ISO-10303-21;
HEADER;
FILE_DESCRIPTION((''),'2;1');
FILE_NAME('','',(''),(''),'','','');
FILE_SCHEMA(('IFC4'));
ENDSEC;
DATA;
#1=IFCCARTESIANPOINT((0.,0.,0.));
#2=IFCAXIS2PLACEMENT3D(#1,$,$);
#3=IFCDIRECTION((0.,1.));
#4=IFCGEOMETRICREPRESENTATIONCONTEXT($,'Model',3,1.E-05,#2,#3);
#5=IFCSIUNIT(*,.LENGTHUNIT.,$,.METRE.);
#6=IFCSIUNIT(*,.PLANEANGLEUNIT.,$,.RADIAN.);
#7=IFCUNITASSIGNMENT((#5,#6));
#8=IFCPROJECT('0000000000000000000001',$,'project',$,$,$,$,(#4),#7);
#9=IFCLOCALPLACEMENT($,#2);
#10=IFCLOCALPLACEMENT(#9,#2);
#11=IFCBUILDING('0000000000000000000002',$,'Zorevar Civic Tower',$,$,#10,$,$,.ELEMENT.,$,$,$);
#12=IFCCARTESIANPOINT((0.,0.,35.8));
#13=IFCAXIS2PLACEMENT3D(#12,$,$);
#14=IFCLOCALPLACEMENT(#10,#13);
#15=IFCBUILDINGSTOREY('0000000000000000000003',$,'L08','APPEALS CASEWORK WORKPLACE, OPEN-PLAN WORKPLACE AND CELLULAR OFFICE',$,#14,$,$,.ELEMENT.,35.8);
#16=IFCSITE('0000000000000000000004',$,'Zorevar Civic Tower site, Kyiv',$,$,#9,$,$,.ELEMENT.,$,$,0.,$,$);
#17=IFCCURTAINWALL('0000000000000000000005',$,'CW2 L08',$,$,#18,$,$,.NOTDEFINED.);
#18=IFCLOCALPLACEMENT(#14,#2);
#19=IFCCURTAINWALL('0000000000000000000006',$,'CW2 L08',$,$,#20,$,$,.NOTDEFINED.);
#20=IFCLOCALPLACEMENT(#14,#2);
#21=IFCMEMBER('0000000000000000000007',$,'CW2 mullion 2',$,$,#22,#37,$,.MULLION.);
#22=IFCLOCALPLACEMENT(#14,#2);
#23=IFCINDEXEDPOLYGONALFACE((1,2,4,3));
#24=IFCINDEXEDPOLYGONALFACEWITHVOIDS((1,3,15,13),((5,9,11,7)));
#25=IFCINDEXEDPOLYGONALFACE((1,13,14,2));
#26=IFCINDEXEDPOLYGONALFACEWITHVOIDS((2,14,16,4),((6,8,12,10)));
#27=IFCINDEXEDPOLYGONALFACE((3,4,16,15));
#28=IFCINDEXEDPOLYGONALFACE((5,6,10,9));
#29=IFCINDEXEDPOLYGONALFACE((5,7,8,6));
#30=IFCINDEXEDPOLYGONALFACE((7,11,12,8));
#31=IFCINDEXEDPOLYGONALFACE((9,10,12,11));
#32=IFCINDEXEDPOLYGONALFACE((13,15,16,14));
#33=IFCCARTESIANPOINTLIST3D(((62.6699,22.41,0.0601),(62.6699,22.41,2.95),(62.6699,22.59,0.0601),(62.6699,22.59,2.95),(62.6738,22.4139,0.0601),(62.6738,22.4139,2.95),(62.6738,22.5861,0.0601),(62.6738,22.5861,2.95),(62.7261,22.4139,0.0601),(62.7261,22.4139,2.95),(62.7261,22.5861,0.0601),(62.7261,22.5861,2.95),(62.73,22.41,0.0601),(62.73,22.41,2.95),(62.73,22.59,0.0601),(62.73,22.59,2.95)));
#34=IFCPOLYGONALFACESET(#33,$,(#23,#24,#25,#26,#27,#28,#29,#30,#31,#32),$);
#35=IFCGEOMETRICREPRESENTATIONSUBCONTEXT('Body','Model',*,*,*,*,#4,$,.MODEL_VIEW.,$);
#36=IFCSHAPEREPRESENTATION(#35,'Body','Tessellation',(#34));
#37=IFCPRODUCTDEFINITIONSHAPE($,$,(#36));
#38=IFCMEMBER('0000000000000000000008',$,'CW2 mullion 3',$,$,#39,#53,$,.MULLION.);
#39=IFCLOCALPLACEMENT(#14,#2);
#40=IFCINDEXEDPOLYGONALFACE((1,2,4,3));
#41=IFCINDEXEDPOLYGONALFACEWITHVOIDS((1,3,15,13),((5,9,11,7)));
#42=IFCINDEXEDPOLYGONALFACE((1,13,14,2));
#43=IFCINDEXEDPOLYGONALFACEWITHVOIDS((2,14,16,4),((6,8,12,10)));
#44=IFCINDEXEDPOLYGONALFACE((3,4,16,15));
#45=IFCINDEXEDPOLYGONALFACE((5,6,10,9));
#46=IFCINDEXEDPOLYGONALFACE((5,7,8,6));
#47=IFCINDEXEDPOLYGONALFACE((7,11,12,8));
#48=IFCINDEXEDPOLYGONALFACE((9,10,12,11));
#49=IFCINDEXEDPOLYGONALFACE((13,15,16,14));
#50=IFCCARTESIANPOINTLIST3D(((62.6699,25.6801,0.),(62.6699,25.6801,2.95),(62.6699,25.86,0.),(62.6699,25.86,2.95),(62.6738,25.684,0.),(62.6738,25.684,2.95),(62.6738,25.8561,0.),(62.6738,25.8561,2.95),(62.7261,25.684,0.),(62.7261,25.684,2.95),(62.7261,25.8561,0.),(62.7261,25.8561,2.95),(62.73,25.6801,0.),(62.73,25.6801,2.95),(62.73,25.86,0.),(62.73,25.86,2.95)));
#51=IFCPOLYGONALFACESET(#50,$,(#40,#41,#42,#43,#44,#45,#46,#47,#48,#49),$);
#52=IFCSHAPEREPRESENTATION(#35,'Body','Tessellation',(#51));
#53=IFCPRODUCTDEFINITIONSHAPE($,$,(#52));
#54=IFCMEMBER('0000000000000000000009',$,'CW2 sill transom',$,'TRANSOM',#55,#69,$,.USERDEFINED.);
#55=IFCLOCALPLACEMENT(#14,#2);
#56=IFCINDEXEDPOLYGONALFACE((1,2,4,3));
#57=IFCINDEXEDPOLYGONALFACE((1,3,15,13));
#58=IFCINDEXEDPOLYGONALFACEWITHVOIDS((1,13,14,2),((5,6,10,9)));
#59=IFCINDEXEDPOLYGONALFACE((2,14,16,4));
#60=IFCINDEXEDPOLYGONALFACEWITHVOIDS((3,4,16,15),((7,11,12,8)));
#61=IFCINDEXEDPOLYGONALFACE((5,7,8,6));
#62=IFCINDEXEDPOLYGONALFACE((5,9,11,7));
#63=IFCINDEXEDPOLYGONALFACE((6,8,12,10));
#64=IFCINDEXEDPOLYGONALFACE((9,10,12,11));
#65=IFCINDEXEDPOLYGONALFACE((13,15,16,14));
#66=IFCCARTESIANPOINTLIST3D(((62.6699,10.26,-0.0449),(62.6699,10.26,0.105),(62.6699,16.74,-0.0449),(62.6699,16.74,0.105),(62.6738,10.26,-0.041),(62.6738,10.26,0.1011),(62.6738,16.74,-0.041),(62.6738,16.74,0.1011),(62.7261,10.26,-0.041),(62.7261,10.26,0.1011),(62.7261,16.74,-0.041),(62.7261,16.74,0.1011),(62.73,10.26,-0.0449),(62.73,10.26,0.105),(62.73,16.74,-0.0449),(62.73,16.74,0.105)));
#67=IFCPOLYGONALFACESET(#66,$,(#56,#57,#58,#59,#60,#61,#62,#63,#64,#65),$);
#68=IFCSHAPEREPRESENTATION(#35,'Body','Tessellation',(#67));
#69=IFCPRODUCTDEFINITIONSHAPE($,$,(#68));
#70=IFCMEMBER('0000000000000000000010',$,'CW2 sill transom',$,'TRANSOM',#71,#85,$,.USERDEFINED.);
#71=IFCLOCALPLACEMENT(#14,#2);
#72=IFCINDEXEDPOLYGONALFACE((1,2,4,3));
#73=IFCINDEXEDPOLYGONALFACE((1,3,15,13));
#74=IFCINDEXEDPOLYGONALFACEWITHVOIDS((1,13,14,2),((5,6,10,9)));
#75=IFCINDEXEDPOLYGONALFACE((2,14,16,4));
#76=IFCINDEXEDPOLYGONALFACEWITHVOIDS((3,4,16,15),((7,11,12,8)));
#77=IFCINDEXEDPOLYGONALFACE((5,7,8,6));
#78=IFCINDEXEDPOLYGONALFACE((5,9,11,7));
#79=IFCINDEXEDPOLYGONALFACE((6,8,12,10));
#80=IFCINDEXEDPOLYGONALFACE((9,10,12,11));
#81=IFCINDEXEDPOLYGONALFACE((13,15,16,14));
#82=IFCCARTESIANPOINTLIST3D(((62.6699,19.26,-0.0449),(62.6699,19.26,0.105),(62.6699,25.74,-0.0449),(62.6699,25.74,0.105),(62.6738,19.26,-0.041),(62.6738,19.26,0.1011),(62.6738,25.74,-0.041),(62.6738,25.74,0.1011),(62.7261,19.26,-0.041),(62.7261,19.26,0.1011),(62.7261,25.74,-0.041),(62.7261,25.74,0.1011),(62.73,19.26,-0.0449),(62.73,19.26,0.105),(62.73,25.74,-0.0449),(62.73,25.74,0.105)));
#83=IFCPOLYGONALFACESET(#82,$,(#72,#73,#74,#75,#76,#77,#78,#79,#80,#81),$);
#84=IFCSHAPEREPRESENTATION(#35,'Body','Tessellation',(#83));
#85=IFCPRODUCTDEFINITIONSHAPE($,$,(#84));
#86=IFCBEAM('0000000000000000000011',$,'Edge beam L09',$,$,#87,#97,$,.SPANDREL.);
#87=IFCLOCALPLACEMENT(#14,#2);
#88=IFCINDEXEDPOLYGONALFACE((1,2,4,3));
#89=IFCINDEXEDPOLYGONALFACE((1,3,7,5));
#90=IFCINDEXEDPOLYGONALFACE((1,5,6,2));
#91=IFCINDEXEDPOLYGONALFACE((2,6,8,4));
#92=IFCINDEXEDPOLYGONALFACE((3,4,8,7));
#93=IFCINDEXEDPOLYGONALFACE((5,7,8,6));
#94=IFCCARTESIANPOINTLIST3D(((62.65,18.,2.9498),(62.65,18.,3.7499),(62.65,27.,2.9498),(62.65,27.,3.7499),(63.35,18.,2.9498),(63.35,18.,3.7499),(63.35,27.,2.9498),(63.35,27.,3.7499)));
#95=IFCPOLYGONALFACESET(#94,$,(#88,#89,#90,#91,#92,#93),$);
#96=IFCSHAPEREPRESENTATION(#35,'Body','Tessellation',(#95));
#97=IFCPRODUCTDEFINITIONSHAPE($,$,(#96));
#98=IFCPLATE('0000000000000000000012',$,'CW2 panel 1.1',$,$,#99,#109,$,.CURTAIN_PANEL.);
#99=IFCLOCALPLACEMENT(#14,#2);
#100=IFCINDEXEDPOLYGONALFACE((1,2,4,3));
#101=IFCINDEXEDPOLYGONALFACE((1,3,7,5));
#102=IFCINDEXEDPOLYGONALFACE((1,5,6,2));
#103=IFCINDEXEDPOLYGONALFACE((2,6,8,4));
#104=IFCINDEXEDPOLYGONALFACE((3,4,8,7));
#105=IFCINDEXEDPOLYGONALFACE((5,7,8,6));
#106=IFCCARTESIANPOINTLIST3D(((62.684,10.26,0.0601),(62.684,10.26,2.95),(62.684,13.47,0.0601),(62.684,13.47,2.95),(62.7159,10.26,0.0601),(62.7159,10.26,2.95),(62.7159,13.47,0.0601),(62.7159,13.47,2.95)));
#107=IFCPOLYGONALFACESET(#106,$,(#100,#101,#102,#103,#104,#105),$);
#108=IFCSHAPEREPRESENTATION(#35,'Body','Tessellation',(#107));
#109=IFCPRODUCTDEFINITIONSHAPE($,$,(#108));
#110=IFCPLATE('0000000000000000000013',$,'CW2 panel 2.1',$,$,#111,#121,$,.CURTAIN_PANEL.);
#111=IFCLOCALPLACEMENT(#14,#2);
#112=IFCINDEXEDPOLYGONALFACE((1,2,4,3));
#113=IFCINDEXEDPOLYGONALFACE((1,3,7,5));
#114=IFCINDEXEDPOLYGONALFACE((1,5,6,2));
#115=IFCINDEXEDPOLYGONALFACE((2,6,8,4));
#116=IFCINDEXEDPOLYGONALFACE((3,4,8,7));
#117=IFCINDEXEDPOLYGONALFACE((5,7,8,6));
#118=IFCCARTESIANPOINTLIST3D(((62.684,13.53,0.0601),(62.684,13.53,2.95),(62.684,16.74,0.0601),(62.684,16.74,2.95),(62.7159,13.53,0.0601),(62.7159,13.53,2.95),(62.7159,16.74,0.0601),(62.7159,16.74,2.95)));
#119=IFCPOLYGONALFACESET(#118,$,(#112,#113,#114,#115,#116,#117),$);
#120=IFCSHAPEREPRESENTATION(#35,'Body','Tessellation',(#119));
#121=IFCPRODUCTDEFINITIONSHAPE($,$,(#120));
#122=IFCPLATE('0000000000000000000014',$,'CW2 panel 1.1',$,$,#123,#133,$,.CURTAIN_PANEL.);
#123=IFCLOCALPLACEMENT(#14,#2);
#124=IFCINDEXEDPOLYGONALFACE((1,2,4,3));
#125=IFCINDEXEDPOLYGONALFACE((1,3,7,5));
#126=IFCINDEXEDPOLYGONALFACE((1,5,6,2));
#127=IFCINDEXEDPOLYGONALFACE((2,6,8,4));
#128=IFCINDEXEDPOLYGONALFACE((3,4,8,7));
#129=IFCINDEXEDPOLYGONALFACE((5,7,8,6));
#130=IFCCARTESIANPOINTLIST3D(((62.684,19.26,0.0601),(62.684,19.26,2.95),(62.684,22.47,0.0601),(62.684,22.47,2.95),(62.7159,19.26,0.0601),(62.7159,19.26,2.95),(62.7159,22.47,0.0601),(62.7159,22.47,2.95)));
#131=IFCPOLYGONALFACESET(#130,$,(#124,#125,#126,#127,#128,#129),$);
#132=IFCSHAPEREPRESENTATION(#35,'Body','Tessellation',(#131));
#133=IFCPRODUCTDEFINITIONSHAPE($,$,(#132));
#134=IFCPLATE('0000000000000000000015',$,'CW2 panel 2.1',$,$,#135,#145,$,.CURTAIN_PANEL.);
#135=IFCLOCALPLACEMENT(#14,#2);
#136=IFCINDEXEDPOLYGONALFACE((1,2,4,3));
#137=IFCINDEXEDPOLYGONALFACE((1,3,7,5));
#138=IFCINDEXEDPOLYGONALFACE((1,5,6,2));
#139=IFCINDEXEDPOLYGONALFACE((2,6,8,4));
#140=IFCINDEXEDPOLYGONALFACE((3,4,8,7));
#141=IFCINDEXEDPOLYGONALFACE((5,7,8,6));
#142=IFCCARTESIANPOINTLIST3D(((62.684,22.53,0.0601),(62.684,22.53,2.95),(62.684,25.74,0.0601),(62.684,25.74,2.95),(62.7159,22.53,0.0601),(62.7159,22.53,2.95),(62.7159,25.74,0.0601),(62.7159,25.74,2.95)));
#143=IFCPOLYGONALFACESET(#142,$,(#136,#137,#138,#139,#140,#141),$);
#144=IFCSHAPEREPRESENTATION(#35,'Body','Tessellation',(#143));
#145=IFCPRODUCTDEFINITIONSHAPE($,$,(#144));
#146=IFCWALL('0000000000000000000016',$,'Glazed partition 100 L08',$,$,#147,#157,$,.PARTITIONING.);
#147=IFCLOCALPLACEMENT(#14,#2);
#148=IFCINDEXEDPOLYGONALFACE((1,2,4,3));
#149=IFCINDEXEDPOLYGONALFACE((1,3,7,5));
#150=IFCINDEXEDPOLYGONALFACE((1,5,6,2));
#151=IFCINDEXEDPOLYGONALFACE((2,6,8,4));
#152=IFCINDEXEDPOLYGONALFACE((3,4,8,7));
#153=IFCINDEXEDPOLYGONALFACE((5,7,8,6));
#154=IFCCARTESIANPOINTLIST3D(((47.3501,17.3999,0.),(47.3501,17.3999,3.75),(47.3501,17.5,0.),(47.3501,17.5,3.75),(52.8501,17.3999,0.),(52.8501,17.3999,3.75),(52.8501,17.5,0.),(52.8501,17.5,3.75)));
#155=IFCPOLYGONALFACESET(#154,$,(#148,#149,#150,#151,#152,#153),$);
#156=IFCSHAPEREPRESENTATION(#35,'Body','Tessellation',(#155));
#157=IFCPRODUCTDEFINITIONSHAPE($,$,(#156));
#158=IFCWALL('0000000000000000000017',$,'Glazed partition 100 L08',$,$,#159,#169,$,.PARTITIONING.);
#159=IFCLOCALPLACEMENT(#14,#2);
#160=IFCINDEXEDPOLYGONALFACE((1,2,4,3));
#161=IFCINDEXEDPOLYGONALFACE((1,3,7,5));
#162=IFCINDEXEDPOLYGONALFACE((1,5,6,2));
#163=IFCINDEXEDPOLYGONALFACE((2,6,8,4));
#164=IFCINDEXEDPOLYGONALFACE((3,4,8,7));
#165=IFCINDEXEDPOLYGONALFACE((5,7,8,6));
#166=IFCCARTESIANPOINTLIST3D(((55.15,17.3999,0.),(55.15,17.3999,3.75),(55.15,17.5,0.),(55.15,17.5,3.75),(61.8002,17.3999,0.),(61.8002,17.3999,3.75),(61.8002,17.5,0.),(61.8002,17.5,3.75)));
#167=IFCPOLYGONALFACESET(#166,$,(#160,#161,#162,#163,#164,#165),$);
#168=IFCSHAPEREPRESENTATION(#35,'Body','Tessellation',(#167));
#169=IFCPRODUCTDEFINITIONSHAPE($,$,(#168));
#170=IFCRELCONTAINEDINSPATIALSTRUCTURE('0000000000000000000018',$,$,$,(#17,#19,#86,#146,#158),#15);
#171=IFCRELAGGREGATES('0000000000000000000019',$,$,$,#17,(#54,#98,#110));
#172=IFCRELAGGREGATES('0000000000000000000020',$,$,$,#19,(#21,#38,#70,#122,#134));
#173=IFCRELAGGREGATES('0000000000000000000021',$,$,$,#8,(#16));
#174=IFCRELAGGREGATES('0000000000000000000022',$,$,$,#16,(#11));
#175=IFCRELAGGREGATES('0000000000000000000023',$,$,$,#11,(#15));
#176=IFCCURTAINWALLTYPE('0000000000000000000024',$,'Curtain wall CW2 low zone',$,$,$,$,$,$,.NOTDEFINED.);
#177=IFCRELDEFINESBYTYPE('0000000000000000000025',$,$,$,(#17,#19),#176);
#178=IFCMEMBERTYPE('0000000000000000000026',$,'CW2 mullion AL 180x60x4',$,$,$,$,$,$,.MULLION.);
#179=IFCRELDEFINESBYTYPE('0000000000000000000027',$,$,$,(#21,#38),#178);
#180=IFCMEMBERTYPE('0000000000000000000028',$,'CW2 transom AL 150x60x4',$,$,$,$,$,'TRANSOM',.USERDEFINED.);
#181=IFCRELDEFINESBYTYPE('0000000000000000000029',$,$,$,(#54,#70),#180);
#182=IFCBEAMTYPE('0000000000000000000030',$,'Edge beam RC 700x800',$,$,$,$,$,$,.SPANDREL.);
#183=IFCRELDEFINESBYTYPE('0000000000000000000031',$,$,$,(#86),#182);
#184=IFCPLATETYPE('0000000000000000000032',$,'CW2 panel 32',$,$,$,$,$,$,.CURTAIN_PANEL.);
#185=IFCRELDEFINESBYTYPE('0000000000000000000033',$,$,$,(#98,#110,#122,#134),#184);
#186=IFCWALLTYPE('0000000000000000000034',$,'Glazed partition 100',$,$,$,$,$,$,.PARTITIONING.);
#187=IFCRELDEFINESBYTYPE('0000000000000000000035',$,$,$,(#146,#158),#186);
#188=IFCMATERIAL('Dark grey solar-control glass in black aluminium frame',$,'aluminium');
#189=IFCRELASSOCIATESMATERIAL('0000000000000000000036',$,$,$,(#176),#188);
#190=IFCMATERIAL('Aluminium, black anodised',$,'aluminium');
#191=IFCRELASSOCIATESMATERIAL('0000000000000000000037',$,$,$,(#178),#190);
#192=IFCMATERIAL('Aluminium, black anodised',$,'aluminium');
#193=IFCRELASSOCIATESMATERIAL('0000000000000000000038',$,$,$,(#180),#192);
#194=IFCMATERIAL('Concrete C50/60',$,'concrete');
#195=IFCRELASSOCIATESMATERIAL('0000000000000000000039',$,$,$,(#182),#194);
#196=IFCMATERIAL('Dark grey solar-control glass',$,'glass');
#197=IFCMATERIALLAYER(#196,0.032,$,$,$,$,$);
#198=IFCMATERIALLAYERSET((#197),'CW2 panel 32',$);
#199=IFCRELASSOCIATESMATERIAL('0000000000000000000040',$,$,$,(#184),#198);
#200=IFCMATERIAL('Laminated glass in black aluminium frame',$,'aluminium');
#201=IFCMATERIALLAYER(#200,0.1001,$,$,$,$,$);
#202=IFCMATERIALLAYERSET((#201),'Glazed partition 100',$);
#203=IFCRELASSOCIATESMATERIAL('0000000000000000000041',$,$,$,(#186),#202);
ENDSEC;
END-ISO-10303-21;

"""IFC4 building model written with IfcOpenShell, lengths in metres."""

from ifc_helpers import new_model, si_unit, direction, frame, frame_2d, origin, origin_2d, place, context, subcontext, project, spatial, rectangle, hollow_rectangle, extrude, material, layer, layer_set, material_profile, profile_set, type_object, element, aggregate, save


model = new_model("IFC4")

# Units and contexts
model_context = context("Model", 3, precision=1e-05, world=origin(), true_north=direction((0.0, 1.0)))
body_context = subcontext(model_context, "Body", "Model", "MODEL_VIEW")
ifc_project = project(units=[si_unit("LENGTHUNIT", "METRE"), si_unit("PLANEANGLEUNIT", "RADIAN")], contexts=[model_context])

# Site, building, storey
site_placement = place(None, origin())
site = spatial("IfcSite", under=ifc_project, at=site_placement, Name="Zorevar Civic Tower site, Kyiv", CompositionType="ELEMENT", RefElevation=0.0)
building_placement = place(site_placement, origin())
building = spatial("IfcBuilding", under=site, at=building_placement, Name="Zorevar Civic Tower", CompositionType="ELEMENT")
storey_placement = place(building_placement, frame((0.0, 0.0, 35.8)))
storey = spatial("IfcBuildingStorey", under=building, at=storey_placement, Name="L08", Description="APPEALS CASEWORK WORKPLACE, OPEN-PLAN WORKPLACE AND CELLULAR OFFICE", CompositionType="ELEMENT", Elevation=35.8)

# Curtain walls, members
ifc_material_1 = material(Name="Dark grey solar-control glass in black aluminium frame", Category="aluminium")
curtain_wall_type = type_object("IfcCurtainWallType", Name="Curtain wall CW2 low zone", PredefinedType="NOTDEFINED", material=ifc_material_1)
curtain_wall_1_placement = place(storey_placement, origin())
curtain_wall_1 = element("IfcCurtainWall", 1, at=curtain_wall_1_placement, inside=storey, type_object=curtain_wall_type, Name="CW2 L08", PredefinedType="NOTDEFINED")
ifc_material_2 = material(Name="Aluminium, black anodised", Category="aluminium")
ifc_material_profile_1 = material_profile(ifc_material_2, hollow_rectangle(XDim=0.0601, YDim=0.1799, WallThickness=0.0039, at=origin_2d()), Name="AL 180x60x4")
ifc_profile_set_1 = profile_set([ifc_material_profile_1], Name="Aluminium, black anodised")
member_type_1 = type_object("IfcMemberType", Name="CW2 mullion AL 180x60x4", PredefinedType="MULLION", material=ifc_profile_set_1)
curtain_wall_2_placement = place(storey_placement, origin())
curtain_wall_2 = element("IfcCurtainWall", 2, at=curtain_wall_2_placement, inside=storey, type_object=curtain_wall_type, Name="CW2 L08", PredefinedType="NOTDEFINED")
member_1_placement = place(storey_placement, frame((62.7, 22.5, 0.0601), z_axis=(0.0, 0.0, 1.0), x_axis=(-1.0, 0.0, 0.0)))
member_1 = element("IfcMember", 3, at=member_1_placement, type_object=member_type_1, Name="CW2 mullion 2", PredefinedType="MULLION", context=body_context, shape_type="SweptSolid", body=[
    extrude(hollow_rectangle(XDim=0.0601, YDim=0.1799, WallThickness=0.0039, at=origin_2d()), origin(), (0.0, 0.0, 1.0), 2.8899),
])
member_2_placement = place(storey_placement, frame((62.7, 25.77, 0.0), z_axis=(0.0, 0.0, 1.0), x_axis=(-1.0, 0.0, 0.0)))
member_2 = element("IfcMember", 4, at=member_2_placement, type_object=member_type_1, Name="CW2 mullion 3", PredefinedType="MULLION", context=body_context, shape_type="SweptSolid", body=[
    extrude(hollow_rectangle(XDim=0.0601, YDim=0.1799, WallThickness=0.0039, at=origin_2d()), origin(), (0.0, 0.0, 1.0), 2.95),
])

# Members
ifc_material_3 = material(Name="Aluminium, black anodised", Category="aluminium")
ifc_material_profile_2 = material_profile(ifc_material_3, hollow_rectangle(XDim=0.0601, YDim=0.1499, WallThickness=0.0039, at=origin_2d()), Name="AL 150x60x4")
ifc_profile_set_2 = profile_set([ifc_material_profile_2], Name="Aluminium, black anodised")
member_type_2 = type_object("IfcMemberType", Name="CW2 transom AL 150x60x4", ElementType="TRANSOM", PredefinedType="USERDEFINED", material=ifc_profile_set_2)
member_3_placement = place(storey_placement, frame((62.7, 10.26, 0.03), z_axis=(0.0, 1.0, 0.0), x_axis=(-1.0, 0.0, 0.0)))
member_3 = element("IfcMember", 5, at=member_3_placement, type_object=member_type_2, Name="CW2 sill transom", ObjectType="TRANSOM", PredefinedType="USERDEFINED", context=body_context, shape_type="SweptSolid", body=[
    extrude(hollow_rectangle(XDim=0.0601, YDim=0.1499, WallThickness=0.0039, at=origin_2d()), origin(), (0.0, 0.0, 1.0), 6.48),
])
member_4_placement = place(storey_placement, frame((62.7, 19.26, 0.03), z_axis=(0.0, 1.0, 0.0), x_axis=(-1.0, 0.0, 0.0)))
member_4 = element("IfcMember", 6, at=member_4_placement, type_object=member_type_2, Name="CW2 sill transom", ObjectType="TRANSOM", PredefinedType="USERDEFINED", context=body_context, shape_type="SweptSolid", body=[
    extrude(hollow_rectangle(XDim=0.0601, YDim=0.1499, WallThickness=0.0039, at=origin_2d()), origin(), (0.0, 0.0, 1.0), 6.48),
])

# Beam
ifc_material_4 = material(Name="Concrete C50/60", Category="concrete")
ifc_material_profile_3 = material_profile(ifc_material_4, rectangle(XDim=0.7, YDim=0.8, at=origin_2d()), Name="RC 700x800")
ifc_profile_set_3 = profile_set([ifc_material_profile_3], Name="Concrete C50/60")
beam_type_1 = type_object("IfcBeamType", Name="Edge beam RC 700x800", PredefinedType="SPANDREL", material=ifc_profile_set_3)
beam_placement = place(storey_placement, frame((63.0, 18.0, 3.3499), z_axis=(0.0, 1.0, 0.0), x_axis=(-1.0, 0.0, 0.0)))
element("IfcBeam", 7, at=beam_placement, inside=storey, type_object=beam_type_1, Name="Edge beam L09", PredefinedType="SPANDREL", context=body_context, shape_type="SweptSolid", body=[
    extrude(rectangle(XDim=0.7, YDim=0.8, at=origin_2d()), origin(), (0.0, 0.0, 1.0), 9.0),
])

# Plates
ifc_material_5 = material(Name="Dark grey solar-control glass", Category="glass")
ifc_layer_1 = layer(ifc_material_5, 0.032)
ifc_layer_set_1 = layer_set([ifc_layer_1], Name="CW2 panel 32")
plate_type = type_object("IfcPlateType", Name="CW2 panel 32", PredefinedType="CURTAIN_PANEL", material=ifc_layer_set_1)
plate_1_placement = place(storey_placement, frame((62.7, 11.865, 0.0601), z_axis=(0.0, 0.0, 1.0), x_axis=(0.0, 1.0, 0.0)))
plate_1 = element("IfcPlate", 8, at=plate_1_placement, type_object=plate_type, Name="CW2 panel 1.1", PredefinedType="CURTAIN_PANEL", context=body_context, shape_type="SweptSolid", body=[
    extrude(rectangle(XDim=3.21, YDim=0.032, at=origin_2d()), origin(), (0.0, 0.0, 1.0), 2.8899),
])
plate_2_placement = place(storey_placement, frame((62.7, 15.135, 0.0601), z_axis=(0.0, 0.0, 1.0), x_axis=(0.0, 1.0, 0.0)))
plate_2 = element("IfcPlate", 9, at=plate_2_placement, type_object=plate_type, Name="CW2 panel 2.1", PredefinedType="CURTAIN_PANEL", context=body_context, shape_type="SweptSolid", body=[
    extrude(rectangle(XDim=3.21, YDim=0.032, at=origin_2d()), origin(), (0.0, 0.0, 1.0), 2.8899),
])
aggregate(curtain_wall_1, [member_3, plate_1, plate_2])
plate_3_placement = place(storey_placement, frame((62.7, 20.865, 0.0601), z_axis=(0.0, 0.0, 1.0), x_axis=(0.0, 1.0, 0.0)))
plate_3 = element("IfcPlate", 10, at=plate_3_placement, type_object=plate_type, Name="CW2 panel 1.1", PredefinedType="CURTAIN_PANEL", context=body_context, shape_type="SweptSolid", body=[
    extrude(rectangle(XDim=3.21, YDim=0.032, at=origin_2d()), origin(), (0.0, 0.0, 1.0), 2.8899),
])
plate_4_placement = place(storey_placement, frame((62.7, 24.135, 0.0601), z_axis=(0.0, 0.0, 1.0), x_axis=(0.0, 1.0, 0.0)))
plate_4 = element("IfcPlate", 11, at=plate_4_placement, type_object=plate_type, Name="CW2 panel 2.1", PredefinedType="CURTAIN_PANEL", context=body_context, shape_type="SweptSolid", body=[
    extrude(rectangle(XDim=3.21, YDim=0.032, at=origin_2d()), origin(), (0.0, 0.0, 1.0), 2.8899),
])
aggregate(curtain_wall_2, [member_1, member_2, member_4, plate_3, plate_4])

# Walls
ifc_material_6 = material(Name="Laminated glass in black aluminium frame", Category="aluminium")
ifc_layer_2 = layer(ifc_material_6, 0.1001)
ifc_layer_set_2 = layer_set([ifc_layer_2], Name="Glazed partition 100")
wall_type_1 = type_object("IfcWallType", Name="Glazed partition 100", PredefinedType="PARTITIONING", material=ifc_layer_set_2)
wall_1_placement = place(storey_placement, frame((47.3501, 17.45, 0.0), z_axis=(0.0, 0.0, 1.0), x_axis=(1.0, 0.0, 0.0)))
element("IfcWall", 12, at=wall_1_placement, inside=storey, type_object=wall_type_1, Name="Glazed partition 100 L08", PredefinedType="PARTITIONING", context=body_context, shape_type="SweptSolid", body=[
    extrude(rectangle(XDim=5.5, YDim=0.1001, at=frame_2d((2.75, 0.0))), origin(), (0.0, 0.0, 1.0), 3.75),
])
wall_2_placement = place(storey_placement, frame((55.1499, 17.45, 0.0), z_axis=(0.0, 0.0, 1.0), x_axis=(1.0, 0.0, 0.0)))
element("IfcWall", 13, at=wall_2_placement, inside=storey, type_object=wall_type_1, Name="Glazed partition 100 L08", PredefinedType="PARTITIONING", context=body_context, shape_type="SweptSolid", body=[
    extrude(rectangle(XDim=6.6501, YDim=0.1001, at=frame_2d((3.3252, 0.0))), origin(), (0.0, 0.0, 1.0), 3.75),
])

save(model, "model.ifc")
